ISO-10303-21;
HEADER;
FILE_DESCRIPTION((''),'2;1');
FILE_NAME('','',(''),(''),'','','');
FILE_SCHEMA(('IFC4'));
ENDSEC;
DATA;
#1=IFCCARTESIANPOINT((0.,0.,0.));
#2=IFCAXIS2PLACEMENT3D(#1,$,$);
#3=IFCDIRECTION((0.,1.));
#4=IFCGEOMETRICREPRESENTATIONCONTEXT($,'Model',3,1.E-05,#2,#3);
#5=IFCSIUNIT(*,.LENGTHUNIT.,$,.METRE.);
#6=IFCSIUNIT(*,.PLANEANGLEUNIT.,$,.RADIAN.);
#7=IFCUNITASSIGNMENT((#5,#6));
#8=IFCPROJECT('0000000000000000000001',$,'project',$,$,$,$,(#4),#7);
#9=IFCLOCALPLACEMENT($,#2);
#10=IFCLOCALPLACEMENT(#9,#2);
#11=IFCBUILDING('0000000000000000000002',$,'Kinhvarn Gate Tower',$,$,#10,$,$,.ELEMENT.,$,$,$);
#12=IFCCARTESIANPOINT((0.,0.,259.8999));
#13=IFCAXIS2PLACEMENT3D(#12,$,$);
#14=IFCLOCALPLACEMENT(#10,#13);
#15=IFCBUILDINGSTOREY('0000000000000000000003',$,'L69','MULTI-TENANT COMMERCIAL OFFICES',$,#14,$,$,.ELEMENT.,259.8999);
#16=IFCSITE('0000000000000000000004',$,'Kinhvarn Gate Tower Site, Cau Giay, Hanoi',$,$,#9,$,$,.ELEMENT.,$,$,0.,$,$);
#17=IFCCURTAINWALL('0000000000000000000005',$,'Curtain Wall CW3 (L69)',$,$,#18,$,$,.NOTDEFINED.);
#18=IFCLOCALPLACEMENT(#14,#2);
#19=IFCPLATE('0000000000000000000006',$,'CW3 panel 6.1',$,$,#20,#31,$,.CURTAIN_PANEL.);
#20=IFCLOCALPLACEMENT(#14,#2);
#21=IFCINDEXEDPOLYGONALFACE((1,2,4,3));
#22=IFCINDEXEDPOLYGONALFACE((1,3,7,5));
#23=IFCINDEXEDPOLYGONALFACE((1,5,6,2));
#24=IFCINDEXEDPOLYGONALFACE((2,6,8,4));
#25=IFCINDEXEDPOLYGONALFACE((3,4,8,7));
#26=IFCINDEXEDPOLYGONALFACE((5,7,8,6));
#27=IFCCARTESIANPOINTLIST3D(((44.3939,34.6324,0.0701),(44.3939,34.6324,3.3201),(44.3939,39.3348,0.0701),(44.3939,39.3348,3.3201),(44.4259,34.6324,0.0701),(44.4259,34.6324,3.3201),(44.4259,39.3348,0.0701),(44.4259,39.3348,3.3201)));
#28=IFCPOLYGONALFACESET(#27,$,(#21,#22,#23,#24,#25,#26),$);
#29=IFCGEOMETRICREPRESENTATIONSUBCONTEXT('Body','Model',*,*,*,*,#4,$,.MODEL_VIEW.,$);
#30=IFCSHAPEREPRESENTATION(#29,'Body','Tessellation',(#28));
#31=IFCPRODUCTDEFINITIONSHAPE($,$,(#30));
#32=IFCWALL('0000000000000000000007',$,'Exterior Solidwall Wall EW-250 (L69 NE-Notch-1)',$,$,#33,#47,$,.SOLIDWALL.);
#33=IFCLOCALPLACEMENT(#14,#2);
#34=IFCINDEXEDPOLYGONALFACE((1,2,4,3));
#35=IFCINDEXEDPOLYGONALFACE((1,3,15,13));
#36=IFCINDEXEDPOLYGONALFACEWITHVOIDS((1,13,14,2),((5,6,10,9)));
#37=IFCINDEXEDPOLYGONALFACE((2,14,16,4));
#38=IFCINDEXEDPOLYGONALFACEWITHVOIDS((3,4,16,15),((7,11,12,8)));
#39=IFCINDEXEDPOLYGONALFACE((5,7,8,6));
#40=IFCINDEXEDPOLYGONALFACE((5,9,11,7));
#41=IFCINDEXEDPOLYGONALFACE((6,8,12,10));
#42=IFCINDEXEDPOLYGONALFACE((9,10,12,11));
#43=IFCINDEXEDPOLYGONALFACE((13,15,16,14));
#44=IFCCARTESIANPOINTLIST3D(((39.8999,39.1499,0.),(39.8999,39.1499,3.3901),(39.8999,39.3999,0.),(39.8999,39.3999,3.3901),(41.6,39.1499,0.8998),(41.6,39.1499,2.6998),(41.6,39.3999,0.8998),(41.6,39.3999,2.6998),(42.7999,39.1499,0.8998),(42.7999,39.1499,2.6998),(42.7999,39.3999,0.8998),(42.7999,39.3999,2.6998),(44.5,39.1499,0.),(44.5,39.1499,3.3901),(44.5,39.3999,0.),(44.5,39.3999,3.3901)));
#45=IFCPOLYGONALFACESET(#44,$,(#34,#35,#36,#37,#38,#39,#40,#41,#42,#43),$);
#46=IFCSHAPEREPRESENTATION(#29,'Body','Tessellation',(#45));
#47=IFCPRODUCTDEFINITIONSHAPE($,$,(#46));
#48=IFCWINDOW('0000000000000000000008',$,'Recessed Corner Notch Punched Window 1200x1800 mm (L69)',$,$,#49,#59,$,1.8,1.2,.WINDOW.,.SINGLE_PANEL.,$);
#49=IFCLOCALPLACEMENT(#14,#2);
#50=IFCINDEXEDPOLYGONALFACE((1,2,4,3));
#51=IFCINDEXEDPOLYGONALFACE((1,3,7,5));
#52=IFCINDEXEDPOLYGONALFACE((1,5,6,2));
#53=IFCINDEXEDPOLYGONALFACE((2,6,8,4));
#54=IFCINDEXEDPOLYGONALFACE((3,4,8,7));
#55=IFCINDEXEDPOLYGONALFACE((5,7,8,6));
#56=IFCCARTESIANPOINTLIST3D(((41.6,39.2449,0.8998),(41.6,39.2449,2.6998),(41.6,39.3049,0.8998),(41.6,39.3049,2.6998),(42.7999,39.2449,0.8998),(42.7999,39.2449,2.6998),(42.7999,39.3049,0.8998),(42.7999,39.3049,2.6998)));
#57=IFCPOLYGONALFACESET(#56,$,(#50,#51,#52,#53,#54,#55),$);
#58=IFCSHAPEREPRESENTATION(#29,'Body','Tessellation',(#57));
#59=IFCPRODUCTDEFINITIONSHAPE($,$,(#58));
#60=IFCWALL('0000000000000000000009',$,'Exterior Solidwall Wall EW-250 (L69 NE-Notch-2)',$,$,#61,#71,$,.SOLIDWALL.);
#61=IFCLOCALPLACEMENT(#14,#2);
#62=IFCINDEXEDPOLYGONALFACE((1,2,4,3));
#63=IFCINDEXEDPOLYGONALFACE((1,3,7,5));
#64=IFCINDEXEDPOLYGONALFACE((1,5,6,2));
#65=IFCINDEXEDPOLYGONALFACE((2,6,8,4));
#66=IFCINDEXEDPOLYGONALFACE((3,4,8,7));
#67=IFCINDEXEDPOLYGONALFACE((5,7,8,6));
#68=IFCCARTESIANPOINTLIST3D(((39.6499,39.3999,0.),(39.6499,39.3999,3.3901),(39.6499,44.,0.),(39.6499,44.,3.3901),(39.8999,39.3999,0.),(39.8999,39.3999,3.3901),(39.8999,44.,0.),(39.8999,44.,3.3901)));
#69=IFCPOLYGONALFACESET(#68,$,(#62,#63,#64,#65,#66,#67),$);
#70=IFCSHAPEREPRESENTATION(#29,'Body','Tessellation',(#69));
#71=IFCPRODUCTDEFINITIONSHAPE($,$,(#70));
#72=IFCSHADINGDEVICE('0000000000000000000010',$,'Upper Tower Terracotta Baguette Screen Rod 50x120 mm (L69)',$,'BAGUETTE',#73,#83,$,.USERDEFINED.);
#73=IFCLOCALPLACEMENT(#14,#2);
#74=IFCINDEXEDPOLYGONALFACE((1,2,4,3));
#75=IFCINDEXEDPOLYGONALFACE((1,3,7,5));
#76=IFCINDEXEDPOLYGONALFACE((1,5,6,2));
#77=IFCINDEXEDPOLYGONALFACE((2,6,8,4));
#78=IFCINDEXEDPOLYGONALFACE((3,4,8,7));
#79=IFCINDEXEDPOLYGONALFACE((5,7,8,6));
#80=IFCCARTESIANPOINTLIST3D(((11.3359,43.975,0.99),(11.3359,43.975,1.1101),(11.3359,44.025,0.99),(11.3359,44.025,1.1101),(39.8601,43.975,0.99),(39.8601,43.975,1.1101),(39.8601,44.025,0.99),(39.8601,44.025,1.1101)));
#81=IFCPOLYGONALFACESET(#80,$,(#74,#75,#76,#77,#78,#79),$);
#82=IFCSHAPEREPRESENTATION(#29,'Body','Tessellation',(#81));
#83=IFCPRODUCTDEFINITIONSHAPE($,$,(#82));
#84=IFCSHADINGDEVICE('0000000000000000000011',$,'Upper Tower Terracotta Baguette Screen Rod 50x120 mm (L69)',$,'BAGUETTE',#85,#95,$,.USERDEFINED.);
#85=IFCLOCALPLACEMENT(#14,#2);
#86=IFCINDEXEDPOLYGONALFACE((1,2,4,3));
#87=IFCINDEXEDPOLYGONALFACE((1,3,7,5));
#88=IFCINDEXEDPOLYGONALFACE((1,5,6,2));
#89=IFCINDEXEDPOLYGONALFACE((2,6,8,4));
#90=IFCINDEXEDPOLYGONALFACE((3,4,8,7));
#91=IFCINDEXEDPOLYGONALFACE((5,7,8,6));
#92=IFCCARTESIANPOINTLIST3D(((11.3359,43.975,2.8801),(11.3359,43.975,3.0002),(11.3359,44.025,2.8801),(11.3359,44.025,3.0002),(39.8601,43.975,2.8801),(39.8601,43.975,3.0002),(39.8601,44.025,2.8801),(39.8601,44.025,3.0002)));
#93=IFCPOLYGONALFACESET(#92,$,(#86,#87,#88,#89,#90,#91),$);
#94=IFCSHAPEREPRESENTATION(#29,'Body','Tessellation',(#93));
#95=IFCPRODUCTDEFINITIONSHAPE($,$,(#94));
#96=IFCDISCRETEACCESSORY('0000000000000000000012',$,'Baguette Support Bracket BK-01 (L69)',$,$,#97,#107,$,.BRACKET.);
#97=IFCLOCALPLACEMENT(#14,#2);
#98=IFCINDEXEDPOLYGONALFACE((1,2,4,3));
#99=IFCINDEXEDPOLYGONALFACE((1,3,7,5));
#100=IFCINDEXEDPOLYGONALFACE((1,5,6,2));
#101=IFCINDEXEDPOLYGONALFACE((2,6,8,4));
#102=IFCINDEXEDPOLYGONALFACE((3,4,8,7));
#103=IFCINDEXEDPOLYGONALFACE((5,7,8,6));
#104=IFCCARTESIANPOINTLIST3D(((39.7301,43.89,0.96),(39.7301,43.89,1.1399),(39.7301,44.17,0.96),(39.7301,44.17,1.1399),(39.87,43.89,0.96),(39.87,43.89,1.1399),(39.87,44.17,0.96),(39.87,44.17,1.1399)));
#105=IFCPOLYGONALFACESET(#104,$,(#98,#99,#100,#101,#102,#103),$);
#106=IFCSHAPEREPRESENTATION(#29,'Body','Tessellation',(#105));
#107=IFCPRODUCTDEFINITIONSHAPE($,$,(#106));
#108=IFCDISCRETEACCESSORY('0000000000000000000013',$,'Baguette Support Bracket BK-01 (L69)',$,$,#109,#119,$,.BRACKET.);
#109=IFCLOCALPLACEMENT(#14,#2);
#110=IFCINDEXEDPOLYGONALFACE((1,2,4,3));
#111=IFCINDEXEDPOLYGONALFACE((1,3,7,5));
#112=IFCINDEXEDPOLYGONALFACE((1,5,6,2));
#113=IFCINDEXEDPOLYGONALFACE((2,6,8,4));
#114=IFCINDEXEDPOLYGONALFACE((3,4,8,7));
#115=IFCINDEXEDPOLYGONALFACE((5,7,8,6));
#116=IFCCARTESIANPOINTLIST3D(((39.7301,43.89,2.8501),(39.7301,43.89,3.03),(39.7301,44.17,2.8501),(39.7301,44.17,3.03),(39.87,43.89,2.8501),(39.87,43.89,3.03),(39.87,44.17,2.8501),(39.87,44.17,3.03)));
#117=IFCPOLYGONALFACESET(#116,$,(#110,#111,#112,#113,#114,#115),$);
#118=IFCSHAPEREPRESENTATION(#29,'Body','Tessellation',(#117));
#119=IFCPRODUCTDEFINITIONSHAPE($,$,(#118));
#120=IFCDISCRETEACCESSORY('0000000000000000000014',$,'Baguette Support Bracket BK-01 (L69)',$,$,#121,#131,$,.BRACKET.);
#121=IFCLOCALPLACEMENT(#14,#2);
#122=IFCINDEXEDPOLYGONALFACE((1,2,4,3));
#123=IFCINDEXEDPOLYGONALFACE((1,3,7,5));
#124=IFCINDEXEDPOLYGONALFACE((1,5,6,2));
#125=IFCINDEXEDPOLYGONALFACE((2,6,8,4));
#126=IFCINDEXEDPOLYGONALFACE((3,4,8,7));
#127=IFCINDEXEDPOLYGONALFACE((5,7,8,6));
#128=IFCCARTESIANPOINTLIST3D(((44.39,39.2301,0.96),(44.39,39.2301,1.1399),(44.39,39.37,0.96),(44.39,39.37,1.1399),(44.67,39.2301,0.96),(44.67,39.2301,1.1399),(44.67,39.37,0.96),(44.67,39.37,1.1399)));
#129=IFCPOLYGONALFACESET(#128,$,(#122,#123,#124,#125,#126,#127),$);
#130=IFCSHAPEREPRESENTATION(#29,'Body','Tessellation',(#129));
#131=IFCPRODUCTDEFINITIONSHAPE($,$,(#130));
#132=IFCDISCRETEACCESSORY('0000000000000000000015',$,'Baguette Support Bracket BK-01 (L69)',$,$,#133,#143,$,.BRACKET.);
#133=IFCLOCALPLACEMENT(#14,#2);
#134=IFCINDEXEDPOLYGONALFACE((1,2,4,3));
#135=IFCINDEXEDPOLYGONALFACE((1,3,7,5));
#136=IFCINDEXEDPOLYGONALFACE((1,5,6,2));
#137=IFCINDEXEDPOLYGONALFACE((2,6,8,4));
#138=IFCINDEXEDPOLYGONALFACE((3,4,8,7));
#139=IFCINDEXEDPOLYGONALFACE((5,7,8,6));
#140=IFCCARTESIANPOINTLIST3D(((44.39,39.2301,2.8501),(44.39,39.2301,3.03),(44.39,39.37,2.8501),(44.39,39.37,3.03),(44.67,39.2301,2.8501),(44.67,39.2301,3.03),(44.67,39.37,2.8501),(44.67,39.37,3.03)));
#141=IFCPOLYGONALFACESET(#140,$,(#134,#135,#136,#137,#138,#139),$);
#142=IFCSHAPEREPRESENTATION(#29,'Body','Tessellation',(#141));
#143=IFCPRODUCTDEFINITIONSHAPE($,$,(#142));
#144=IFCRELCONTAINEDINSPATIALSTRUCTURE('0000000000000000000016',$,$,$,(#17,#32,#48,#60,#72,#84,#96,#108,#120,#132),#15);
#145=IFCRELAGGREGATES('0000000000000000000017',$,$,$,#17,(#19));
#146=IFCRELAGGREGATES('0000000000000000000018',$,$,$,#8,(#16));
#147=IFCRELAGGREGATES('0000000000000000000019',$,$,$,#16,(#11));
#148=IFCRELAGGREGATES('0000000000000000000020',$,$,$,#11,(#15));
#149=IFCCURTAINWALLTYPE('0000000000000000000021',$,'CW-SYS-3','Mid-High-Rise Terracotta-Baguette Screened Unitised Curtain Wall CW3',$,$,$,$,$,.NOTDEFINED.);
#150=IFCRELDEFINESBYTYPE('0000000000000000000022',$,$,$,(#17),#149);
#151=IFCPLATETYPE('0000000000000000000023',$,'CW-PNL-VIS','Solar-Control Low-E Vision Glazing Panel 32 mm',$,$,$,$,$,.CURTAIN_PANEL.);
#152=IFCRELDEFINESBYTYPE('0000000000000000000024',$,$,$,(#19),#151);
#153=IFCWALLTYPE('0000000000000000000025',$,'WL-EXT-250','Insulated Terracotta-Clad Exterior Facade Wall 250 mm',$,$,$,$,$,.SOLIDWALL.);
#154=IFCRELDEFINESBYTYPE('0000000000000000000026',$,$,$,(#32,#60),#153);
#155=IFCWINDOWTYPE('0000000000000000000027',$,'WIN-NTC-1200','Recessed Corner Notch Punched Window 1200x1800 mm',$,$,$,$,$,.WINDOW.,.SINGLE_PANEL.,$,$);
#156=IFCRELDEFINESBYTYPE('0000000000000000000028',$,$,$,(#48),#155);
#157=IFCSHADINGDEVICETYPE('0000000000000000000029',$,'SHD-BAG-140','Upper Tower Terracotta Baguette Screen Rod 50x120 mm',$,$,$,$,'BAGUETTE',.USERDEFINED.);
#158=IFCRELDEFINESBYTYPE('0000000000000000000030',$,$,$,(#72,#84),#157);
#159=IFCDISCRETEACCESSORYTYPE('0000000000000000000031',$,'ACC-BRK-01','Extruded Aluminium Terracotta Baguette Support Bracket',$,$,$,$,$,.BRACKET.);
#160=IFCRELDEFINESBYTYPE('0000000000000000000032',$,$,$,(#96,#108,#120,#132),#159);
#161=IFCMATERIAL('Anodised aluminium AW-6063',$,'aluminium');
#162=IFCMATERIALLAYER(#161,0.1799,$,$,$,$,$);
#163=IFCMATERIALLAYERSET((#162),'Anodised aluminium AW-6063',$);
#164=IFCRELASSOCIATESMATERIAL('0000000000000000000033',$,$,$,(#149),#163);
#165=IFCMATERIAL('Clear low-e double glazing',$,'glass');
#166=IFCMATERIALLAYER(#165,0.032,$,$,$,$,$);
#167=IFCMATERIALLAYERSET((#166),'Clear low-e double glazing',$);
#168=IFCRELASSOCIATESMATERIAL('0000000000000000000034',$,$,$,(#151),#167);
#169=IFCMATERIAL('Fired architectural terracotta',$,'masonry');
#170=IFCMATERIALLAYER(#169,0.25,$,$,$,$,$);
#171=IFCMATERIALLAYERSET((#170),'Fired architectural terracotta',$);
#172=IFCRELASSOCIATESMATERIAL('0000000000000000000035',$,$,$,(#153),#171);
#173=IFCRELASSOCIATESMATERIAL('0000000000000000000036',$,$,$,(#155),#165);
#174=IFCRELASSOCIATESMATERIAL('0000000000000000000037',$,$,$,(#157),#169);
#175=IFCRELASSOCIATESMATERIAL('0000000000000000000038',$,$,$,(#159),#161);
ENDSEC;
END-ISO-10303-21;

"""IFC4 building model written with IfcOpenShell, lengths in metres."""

from ifc_helpers import new_model, si_unit, direction, frame, frame_2d, origin, origin_2d, place, context, subcontext, project, spatial, rectangle, extrude, material, layer, layer_set, material_profile, profile_set, type_object, element, fill, aggregate, save


model = new_model("IFC4")

# Units and contexts
model_context = context("Model", 3, precision=1e-05, world=origin(), true_north=direction((0.0, 1.0)))
body_context = subcontext(model_context, "Body", "Model", "MODEL_VIEW")
ifc_project = project(units=[si_unit("LENGTHUNIT", "METRE"), si_unit("PLANEANGLEUNIT", "RADIAN")], contexts=[model_context])

# Site, building, storey
site_placement = place(None, origin())
site = spatial("IfcSite", under=ifc_project, at=site_placement, Name="Kinhvarn Gate Tower Site, Cau Giay, Hanoi", CompositionType="ELEMENT", RefElevation=0.0)
building_placement = place(site_placement, origin())
building = spatial("IfcBuilding", under=site, at=building_placement, Name="Kinhvarn Gate Tower", CompositionType="ELEMENT")
storey_placement = place(building_placement, frame((0.0, 0.0, 259.8999)))
storey = spatial("IfcBuildingStorey", under=building, at=storey_placement, Name="L69", Description="MULTI-TENANT COMMERCIAL OFFICES", CompositionType="ELEMENT", Elevation=259.8999)

# Curtain wall
ifc_material_1 = material(Name="Anodised aluminium AW-6063", Category="aluminium")
ifc_layer_1 = layer(ifc_material_1, 0.1799)
ifc_layer_set_1 = layer_set([ifc_layer_1], Name="Anodised aluminium AW-6063")
curtain_wall_type = type_object("IfcCurtainWallType", Name="CW-SYS-3", Description="Mid-High-Rise Terracotta-Baguette Screened Unitised Curtain Wall CW3", PredefinedType="NOTDEFINED", material=ifc_layer_set_1)
curtain_wall_1_placement = place(storey_placement, origin())
curtain_wall_1 = element("IfcCurtainWall", 1, at=curtain_wall_1_placement, inside=storey, type_object=curtain_wall_type, Name="Curtain Wall CW3 (L69)", PredefinedType="NOTDEFINED")

# Plate
ifc_material_2 = material(Name="Clear low-e double glazing", Category="glass")
ifc_layer_2 = layer(ifc_material_2, 0.032)
ifc_layer_set_2 = layer_set([ifc_layer_2], Name="Clear low-e double glazing")
plate_type = type_object("IfcPlateType", Name="CW-PNL-VIS", Description="Solar-Control Low-E Vision Glazing Panel 32 mm", PredefinedType="CURTAIN_PANEL", material=ifc_layer_set_2)
plate_1_placement = place(storey_placement, frame((44.4099, 36.9836, 0.0701), z_axis=(0.0, 0.0, 1.0), x_axis=(0.0, 1.0, 0.0)))
plate_1 = element("IfcPlate", 2, at=plate_1_placement, type_object=plate_type, Name="CW3 panel 6.1", PredefinedType="CURTAIN_PANEL", context=body_context, shape_type="SweptSolid", body=[
    extrude(rectangle(XDim=4.7024, YDim=0.032, at=origin_2d()), origin(), (0.0, 0.0, 1.0), 3.25),
])
aggregate(curtain_wall_1, [plate_1])

# Wall, opening, window
ifc_material_3 = material(Name="Fired architectural terracotta", Category="masonry")
ifc_layer_3 = layer(ifc_material_3, 0.25)
ifc_layer_set_3 = layer_set([ifc_layer_3], Name="Fired architectural terracotta")
wall_type = type_object("IfcWallType", Name="WL-EXT-250", Description="Insulated Terracotta-Clad Exterior Facade Wall 250 mm", PredefinedType="SOLIDWALL", material=ifc_layer_set_3)
wall_1_placement = place(storey_placement, frame((44.5, 39.2749, 0.0), z_axis=(0.0, 0.0, 1.0), x_axis=(-1.0, 0.0, 0.0)))
wall_1 = element("IfcWall", 3, at=wall_1_placement, inside=storey, type_object=wall_type, Name="Exterior Solidwall Wall EW-250 (L69 NE-Notch-1)", PredefinedType="SOLIDWALL", context=body_context, shape_type="SweptSolid", body=[
    extrude(rectangle(XDim=4.6001, YDim=0.25, at=frame_2d((2.3, 0.0))), origin(), (0.0, 0.0, 1.0), 3.3901),
])
opening_placement = place(wall_1_placement, frame((1.7, 0.0, 0.8999)))
opening = element("IfcOpeningElement", 4, at=opening_placement, cuts=wall_1, PredefinedType="OPENING", context=body_context, shape_type="SweptSolid", body=[
    extrude(rectangle(XDim=1.2, YDim=1.8, at=frame_2d((0.6001, 0.8999))), frame((0.0, 0.135, 0.0), z_axis=(0.0, -1.0, 0.0), x_axis=(1.0, 0.0, 0.0)), (0.0, 0.0, 1.0), 0.27),
])
window_type = type_object("IfcWindowType", Name="WIN-NTC-1200", Description="Recessed Corner Notch Punched Window 1200x1800 mm", PartitioningType="SINGLE_PANEL", PredefinedType="WINDOW", material=ifc_material_2)
window_placement = place(opening_placement, origin())
window = element("IfcWindow", 5, at=window_placement, inside=storey, type_object=window_type, Name="Recessed Corner Notch Punched Window 1200x1800 mm (L69)", OverallHeight=1.8, OverallWidth=1.2, PartitioningType="SINGLE_PANEL", PredefinedType="WINDOW", context=body_context, shape_type="SweptSolid", body=[
    extrude(rectangle(XDim=1.2, YDim=1.8, at=frame_2d((0.6001, 0.8999))), frame((0.0, 0.03, 0.0), z_axis=(0.0, -1.0, 0.0), x_axis=(1.0, 0.0, 0.0)), (0.0, 0.0, 1.0), 0.0601),
])
fill(opening, window)

# Wall
wall_2_placement = place(storey_placement, frame((39.7749, 39.3999, 0.0), z_axis=(0.0, 0.0, 1.0), x_axis=(0.0, 1.0, 0.0)))
element("IfcWall", 6, at=wall_2_placement, inside=storey, type_object=wall_type, Name="Exterior Solidwall Wall EW-250 (L69 NE-Notch-2)", PredefinedType="SOLIDWALL", context=body_context, shape_type="SweptSolid", body=[
    extrude(rectangle(XDim=4.6001, YDim=0.25, at=frame_2d((2.3, 0.0))), origin(), (0.0, 0.0, 1.0), 3.3901),
])

# Shading devices
ifc_material_profile_1 = material_profile(ifc_material_3, rectangle(XDim=0.05, YDim=0.1201, at=origin_2d()), Name="TC 50x120")
ifc_profile_set_1 = profile_set([ifc_material_profile_1], Name="Fired architectural terracotta")
shading_device_type = type_object("IfcShadingDeviceType", Name="SHD-BAG-140", Description="Upper Tower Terracotta Baguette Screen Rod 50x120 mm", ElementType="BAGUETTE", PredefinedType="USERDEFINED", material=ifc_profile_set_1)
for number, where, z_axis, x_axis, name in (
    (7, (39.8601, 44.0, 1.05), (-1.0, 0.0, 0.0), (0.0, -1.0, 0.0), "Upper Tower Terracotta Baguette Screen Rod 50x120 mm (L69)"),
    (8, (39.8601, 44.0, 2.9402), (-1.0, 0.0, 0.0), (0.0, -1.0, 0.0), "Upper Tower Terracotta Baguette Screen Rod 50x120 mm (L69)"),
):
    element("IfcShadingDevice", number, at=place(storey_placement, frame(where, z_axis=z_axis, x_axis=x_axis)), inside=storey, type_object=shading_device_type, Name=name, ObjectType="BAGUETTE", PredefinedType="USERDEFINED", context=body_context, shape_type="SweptSolid", body=[
        extrude(rectangle(XDim=0.05, YDim=0.1201, at=origin_2d()), origin(), (0.0, 0.0, 1.0), 28.5242),
    ])

# Discrete accessories
discrete_accessory_type = type_object("IfcDiscreteAccessoryType", Name="ACC-BRK-01", Description="Extruded Aluminium Terracotta Baguette Support Bracket", PredefinedType="BRACKET", material=ifc_material_1)
for number, where, z_axis, x_axis, name in (
    (9, (39.8, 44.03, 0.96), (0.0, 0.0, 1.0), (-1.0, 0.0, 0.0), "Baguette Support Bracket BK-01 (L69)"),
    (10, (39.8, 44.03, 2.8501), (0.0, 0.0, 1.0), (-1.0, 0.0, 0.0), "Baguette Support Bracket BK-01 (L69)"),
    (11, (44.53, 39.3, 0.96), (0.0, 0.0, 1.0), (0.0, 1.0, 0.0), "Baguette Support Bracket BK-01 (L69)"),
    (12, (44.53, 39.3, 2.8501), (0.0, 0.0, 1.0), (0.0, 1.0, 0.0), "Baguette Support Bracket BK-01 (L69)"),
):
    element("IfcDiscreteAccessory", number, at=place(storey_placement, frame(where, z_axis=z_axis, x_axis=x_axis)), inside=storey, type_object=discrete_accessory_type, Name=name, PredefinedType="BRACKET", context=body_context, shape_type="SweptSolid", body=[
        extrude(rectangle(XDim=0.1399, YDim=0.28, at=origin_2d()), origin(), (0.0, 0.0, 1.0), 0.1799),
    ])

save(model, "model.ifc")
